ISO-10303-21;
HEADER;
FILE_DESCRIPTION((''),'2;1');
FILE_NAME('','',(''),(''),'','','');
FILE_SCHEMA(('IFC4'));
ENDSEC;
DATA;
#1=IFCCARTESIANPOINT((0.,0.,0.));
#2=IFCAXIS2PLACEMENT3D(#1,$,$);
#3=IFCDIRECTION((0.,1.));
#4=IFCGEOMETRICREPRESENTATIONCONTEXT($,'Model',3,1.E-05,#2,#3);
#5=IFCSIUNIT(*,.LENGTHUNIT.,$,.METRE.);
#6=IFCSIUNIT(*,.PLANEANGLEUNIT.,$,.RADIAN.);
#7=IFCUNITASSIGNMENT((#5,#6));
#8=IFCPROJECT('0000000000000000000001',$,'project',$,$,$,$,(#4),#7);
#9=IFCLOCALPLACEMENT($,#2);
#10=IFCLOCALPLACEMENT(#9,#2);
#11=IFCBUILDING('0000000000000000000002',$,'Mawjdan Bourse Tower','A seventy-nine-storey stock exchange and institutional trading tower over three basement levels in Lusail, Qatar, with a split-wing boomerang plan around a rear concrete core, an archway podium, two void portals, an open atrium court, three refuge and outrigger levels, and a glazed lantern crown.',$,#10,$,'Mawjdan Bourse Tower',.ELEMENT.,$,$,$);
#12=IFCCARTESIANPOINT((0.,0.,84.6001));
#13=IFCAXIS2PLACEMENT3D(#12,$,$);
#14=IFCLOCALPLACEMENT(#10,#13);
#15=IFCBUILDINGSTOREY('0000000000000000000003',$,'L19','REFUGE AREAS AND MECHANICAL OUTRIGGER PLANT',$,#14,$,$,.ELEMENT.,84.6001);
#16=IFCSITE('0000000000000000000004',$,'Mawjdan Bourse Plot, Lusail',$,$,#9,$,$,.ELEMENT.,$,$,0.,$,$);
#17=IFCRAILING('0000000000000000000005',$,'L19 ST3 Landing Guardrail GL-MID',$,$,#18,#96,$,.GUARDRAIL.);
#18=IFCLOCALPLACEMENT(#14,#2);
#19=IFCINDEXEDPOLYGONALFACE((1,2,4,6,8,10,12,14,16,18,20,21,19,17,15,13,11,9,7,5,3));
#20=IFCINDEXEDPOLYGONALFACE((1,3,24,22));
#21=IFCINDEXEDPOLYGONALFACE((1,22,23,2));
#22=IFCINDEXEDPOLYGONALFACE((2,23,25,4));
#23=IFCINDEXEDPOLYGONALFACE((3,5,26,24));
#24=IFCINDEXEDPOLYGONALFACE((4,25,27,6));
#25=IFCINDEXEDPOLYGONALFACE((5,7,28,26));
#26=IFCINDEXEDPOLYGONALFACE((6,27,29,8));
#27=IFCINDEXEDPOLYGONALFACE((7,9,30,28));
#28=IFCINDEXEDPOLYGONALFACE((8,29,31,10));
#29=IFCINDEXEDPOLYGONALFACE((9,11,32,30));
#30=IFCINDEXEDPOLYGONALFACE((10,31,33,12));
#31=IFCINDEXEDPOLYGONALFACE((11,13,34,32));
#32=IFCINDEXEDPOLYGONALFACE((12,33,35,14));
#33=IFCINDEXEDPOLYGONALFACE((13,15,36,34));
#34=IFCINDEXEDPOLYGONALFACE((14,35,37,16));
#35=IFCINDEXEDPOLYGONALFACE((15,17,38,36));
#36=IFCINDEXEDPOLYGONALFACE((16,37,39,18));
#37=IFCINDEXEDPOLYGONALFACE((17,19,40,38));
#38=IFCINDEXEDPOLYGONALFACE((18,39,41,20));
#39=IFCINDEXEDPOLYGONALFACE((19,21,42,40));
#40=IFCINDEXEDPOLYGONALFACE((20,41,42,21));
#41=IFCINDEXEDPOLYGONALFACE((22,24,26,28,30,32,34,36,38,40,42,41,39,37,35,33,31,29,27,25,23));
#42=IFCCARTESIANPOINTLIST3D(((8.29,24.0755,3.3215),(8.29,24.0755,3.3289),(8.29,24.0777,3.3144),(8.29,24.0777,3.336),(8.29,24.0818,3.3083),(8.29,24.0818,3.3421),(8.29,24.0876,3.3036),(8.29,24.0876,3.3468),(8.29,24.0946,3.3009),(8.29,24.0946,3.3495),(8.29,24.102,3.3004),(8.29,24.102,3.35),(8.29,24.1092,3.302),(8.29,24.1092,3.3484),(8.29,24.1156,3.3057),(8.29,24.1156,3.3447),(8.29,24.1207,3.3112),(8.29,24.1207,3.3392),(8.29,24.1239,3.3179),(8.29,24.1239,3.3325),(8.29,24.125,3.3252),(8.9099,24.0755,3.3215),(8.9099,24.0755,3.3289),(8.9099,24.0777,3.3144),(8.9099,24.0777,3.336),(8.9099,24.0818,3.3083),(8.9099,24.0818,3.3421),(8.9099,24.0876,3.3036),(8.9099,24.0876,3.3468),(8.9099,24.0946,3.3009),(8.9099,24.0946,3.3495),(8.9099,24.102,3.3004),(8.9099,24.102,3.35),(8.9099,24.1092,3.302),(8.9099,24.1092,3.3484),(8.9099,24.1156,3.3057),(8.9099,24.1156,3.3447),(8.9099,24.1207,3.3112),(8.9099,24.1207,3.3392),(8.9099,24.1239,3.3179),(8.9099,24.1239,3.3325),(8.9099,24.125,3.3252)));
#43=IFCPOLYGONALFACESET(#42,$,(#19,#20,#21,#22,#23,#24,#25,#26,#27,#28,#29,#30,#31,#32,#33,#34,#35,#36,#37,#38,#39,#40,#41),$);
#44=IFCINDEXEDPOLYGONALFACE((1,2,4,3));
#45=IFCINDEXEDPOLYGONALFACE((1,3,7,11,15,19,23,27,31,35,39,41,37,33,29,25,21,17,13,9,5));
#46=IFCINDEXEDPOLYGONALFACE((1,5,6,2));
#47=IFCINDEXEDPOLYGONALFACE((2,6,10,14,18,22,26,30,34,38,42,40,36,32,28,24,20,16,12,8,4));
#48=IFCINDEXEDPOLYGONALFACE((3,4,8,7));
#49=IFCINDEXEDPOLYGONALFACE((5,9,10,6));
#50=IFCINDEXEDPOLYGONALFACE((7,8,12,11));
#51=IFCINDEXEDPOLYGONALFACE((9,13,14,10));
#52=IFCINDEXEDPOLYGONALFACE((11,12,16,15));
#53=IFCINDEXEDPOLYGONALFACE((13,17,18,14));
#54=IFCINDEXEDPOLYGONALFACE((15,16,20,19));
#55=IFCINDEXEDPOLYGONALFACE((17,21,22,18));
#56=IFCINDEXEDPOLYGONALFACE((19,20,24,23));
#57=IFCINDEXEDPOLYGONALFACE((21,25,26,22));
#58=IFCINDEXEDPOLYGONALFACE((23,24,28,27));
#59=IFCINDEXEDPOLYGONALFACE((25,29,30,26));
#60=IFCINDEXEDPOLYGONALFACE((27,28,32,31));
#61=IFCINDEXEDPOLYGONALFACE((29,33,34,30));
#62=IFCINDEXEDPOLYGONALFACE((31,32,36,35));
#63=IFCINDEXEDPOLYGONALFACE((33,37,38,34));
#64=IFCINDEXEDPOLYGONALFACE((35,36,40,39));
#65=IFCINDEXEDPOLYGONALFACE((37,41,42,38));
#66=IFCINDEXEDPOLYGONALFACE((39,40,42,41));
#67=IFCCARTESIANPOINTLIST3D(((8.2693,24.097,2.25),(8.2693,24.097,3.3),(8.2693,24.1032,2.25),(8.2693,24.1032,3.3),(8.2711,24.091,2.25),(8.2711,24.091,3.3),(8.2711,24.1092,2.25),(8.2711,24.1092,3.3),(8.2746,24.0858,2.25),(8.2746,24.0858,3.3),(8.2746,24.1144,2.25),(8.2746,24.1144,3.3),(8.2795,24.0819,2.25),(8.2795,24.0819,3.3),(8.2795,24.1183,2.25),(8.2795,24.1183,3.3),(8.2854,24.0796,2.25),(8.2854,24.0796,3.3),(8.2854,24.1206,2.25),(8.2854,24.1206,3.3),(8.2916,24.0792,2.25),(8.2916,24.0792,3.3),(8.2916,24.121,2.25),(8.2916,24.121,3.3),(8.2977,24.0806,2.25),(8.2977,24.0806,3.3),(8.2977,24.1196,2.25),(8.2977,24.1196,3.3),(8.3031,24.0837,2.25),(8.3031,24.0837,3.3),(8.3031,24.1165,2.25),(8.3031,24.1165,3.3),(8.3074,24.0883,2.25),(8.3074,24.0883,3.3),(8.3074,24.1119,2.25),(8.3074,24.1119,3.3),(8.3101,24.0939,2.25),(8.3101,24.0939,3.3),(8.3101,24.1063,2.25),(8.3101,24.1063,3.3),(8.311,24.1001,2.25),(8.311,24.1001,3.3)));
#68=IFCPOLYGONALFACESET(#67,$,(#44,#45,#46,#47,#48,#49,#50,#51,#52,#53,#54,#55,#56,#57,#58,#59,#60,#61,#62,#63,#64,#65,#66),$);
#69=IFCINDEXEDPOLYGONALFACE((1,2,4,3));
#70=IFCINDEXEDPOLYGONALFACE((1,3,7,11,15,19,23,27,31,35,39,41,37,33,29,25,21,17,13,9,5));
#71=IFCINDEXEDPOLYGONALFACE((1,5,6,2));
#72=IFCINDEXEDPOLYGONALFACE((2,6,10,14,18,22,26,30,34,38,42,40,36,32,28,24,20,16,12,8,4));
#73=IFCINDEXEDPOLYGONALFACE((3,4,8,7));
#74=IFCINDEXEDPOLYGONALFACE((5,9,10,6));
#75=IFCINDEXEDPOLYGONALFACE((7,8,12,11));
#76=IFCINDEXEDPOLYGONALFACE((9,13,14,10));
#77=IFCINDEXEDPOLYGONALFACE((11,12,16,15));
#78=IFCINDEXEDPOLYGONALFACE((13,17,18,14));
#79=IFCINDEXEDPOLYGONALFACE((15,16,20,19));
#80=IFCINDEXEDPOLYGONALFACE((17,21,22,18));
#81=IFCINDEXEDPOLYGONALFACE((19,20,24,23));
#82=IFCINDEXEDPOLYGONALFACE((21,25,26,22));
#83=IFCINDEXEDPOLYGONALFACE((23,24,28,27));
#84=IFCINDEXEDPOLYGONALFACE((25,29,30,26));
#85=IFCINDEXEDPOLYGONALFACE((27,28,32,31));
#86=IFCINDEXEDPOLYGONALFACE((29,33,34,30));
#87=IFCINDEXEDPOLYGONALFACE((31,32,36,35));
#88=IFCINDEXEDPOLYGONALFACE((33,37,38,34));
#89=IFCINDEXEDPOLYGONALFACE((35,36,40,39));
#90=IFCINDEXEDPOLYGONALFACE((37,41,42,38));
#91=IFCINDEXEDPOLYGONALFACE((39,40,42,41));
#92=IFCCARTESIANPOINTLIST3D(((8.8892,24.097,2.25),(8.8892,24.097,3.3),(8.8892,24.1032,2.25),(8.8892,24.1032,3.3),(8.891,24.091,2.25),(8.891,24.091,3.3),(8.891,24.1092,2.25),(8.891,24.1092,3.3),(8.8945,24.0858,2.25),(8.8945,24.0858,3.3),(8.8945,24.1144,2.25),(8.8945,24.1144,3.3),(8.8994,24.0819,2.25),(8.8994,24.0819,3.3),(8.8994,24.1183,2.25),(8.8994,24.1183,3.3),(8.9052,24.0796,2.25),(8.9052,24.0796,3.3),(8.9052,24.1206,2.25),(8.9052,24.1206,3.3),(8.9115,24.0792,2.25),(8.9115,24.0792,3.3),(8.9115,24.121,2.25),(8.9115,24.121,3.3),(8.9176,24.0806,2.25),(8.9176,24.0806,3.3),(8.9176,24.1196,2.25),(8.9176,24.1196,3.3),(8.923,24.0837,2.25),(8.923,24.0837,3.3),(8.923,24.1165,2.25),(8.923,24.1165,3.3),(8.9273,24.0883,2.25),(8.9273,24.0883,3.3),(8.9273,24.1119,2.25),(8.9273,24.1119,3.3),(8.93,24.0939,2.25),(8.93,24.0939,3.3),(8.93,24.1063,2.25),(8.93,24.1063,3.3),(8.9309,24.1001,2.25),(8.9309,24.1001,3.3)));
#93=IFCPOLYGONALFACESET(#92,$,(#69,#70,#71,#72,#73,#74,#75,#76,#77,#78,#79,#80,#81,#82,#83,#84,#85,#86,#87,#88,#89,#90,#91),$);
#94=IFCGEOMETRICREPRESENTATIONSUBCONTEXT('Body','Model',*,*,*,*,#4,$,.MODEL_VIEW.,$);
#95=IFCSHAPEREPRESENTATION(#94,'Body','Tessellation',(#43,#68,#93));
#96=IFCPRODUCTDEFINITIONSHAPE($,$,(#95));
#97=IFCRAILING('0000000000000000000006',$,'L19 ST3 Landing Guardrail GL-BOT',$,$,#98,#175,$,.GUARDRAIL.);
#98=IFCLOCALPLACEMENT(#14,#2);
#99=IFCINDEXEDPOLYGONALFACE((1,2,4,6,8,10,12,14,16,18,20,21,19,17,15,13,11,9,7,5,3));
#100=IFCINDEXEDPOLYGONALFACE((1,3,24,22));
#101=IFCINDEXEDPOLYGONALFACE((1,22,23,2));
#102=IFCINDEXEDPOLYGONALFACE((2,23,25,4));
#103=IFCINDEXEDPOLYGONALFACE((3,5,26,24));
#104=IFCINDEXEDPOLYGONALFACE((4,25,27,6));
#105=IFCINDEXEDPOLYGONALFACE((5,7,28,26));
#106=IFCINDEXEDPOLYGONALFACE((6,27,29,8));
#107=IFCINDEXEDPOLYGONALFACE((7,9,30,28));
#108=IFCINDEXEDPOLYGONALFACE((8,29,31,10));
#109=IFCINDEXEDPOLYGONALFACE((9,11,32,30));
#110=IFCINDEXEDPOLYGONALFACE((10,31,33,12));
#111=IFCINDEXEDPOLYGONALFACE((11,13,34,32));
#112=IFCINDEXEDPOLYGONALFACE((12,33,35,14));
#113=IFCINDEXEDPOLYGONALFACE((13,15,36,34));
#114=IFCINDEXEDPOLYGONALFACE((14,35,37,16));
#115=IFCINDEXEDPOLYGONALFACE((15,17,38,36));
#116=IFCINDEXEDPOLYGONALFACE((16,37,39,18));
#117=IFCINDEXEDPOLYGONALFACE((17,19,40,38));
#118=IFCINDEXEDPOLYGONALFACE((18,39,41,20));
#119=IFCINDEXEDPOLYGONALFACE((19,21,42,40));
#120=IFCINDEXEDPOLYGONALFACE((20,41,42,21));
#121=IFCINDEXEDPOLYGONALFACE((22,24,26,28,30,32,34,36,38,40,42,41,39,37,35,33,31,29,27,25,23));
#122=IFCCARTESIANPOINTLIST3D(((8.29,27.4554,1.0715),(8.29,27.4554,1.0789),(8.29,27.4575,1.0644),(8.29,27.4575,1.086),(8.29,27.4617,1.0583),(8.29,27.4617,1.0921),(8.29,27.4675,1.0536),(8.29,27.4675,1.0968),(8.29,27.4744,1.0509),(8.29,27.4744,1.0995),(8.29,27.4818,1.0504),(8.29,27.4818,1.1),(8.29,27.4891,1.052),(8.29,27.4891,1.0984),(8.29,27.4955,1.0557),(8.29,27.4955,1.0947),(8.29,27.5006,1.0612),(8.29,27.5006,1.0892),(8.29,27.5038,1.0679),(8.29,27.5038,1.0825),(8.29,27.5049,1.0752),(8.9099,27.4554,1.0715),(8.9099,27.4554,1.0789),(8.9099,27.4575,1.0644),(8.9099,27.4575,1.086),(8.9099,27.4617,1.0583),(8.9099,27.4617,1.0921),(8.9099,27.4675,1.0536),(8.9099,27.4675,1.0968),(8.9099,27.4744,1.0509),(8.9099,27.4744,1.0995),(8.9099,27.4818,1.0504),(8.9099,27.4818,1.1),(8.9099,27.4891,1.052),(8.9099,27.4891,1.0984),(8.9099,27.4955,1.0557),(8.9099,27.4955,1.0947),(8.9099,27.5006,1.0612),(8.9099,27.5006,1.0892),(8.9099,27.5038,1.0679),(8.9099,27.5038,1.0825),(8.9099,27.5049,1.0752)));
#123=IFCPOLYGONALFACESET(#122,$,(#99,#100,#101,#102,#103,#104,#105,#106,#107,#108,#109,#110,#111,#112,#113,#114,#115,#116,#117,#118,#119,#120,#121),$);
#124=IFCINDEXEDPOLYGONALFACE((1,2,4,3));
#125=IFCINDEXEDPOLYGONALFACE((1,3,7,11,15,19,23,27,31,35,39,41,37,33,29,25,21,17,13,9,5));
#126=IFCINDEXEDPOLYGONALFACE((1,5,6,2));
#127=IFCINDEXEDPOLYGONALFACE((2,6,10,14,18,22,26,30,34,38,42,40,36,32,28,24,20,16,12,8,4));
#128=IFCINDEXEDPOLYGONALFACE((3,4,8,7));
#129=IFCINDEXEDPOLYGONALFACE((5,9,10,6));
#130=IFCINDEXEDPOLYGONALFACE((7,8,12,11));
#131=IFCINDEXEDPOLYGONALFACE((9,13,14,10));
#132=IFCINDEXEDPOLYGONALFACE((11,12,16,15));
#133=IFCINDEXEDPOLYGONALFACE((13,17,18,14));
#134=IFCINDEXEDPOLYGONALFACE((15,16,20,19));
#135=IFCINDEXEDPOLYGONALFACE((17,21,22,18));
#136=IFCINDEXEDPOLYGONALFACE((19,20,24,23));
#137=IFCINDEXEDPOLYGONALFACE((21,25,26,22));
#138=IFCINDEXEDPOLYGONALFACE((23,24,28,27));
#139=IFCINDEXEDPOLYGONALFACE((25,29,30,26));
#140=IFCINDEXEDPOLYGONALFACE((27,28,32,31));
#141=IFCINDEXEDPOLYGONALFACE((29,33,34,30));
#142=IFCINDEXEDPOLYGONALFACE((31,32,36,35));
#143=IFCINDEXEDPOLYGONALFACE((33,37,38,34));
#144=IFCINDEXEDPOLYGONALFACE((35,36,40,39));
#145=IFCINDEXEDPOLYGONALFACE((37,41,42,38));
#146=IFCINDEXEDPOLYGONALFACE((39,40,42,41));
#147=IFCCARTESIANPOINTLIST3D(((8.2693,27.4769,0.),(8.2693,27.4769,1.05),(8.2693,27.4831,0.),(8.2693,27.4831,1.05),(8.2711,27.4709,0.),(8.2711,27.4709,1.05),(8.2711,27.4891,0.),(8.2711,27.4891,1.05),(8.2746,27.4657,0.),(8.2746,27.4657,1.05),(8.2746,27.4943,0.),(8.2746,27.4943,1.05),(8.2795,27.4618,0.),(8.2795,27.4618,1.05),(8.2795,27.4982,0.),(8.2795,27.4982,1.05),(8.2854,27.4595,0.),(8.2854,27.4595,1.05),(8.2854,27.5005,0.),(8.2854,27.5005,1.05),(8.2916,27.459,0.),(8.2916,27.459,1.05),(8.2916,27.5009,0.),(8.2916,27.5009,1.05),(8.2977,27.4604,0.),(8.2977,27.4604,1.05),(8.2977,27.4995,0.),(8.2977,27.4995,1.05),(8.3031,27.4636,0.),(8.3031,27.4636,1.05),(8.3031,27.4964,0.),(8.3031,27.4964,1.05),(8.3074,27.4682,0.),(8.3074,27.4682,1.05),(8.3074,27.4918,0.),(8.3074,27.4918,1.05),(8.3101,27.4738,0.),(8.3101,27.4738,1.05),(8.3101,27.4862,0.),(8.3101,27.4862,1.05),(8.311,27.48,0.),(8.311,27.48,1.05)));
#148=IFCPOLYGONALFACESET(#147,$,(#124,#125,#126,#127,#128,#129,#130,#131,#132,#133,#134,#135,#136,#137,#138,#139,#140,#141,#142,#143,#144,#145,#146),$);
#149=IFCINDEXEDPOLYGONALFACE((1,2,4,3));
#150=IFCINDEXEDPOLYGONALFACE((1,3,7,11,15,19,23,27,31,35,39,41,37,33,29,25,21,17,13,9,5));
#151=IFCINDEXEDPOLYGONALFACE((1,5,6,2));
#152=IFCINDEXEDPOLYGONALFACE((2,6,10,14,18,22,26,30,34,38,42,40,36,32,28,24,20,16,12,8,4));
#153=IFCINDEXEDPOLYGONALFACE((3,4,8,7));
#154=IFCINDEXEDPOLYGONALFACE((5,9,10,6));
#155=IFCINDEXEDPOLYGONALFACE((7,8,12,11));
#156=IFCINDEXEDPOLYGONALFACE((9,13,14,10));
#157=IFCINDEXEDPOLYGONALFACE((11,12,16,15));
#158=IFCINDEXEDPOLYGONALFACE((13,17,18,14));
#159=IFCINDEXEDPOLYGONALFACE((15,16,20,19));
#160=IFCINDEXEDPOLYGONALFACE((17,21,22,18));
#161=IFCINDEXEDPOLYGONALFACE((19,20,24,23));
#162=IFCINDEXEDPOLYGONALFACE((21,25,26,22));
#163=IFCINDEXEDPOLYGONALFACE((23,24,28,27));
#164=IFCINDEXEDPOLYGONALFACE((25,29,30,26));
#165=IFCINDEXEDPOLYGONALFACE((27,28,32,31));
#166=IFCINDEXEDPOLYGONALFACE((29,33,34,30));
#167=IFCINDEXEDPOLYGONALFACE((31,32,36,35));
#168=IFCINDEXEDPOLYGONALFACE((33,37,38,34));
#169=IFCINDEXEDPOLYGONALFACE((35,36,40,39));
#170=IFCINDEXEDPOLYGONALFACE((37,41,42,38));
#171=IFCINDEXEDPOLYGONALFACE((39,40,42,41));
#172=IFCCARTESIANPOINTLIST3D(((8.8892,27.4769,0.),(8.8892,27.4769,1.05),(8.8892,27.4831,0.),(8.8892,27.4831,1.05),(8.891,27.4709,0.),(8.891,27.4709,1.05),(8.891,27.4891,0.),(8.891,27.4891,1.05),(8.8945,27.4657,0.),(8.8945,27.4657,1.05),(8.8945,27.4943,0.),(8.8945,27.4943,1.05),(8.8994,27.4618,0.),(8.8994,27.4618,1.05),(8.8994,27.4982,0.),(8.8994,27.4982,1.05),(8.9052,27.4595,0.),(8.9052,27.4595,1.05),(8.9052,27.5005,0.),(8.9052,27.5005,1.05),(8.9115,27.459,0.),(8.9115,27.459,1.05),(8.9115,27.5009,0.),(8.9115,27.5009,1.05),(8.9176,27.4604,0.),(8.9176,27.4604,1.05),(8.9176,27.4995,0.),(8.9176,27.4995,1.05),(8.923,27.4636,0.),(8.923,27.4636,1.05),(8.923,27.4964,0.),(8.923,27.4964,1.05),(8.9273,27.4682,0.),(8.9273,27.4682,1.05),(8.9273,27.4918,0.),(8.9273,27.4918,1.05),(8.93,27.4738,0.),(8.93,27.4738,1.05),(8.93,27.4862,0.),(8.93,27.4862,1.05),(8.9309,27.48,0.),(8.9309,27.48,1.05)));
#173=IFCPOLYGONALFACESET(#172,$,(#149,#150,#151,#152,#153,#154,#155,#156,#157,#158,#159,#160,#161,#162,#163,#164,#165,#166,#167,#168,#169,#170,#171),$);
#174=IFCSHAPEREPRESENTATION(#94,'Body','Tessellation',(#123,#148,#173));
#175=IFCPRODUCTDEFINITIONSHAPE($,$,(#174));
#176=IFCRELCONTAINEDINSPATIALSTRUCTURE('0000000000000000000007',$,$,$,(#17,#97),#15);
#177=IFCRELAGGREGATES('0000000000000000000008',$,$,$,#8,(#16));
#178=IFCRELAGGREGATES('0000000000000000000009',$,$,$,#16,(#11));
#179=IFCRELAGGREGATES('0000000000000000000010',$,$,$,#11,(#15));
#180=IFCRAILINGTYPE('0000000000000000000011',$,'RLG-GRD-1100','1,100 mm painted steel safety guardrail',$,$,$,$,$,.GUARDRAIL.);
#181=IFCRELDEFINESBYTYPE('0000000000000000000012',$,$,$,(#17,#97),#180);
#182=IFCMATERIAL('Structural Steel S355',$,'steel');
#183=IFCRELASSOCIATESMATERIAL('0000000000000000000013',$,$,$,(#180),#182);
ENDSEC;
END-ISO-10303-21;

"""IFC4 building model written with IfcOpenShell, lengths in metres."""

from ifc_helpers import new_model, si_unit, direction, frame, origin, origin_2d, place, context, subcontext, project, spatial, circle, extrude, material, type_object, element, save


model = new_model("IFC4")

# Units and contexts
model_context = context("Model", 3, precision=1e-05, world=origin(), true_north=direction((0.0, 1.0)))
body_context = subcontext(model_context, "Body", "Model", "MODEL_VIEW")
ifc_project = project(units=[si_unit("LENGTHUNIT", "METRE"), si_unit("PLANEANGLEUNIT", "RADIAN")], contexts=[model_context])

# Site, building, storey
site_placement = place(None, origin())
site = spatial("IfcSite", under=ifc_project, at=site_placement, Name="Mawjdan Bourse Plot, Lusail", CompositionType="ELEMENT", RefElevation=0.0)
building_placement = place(site_placement, origin())
building = spatial("IfcBuilding", under=site, at=building_placement, Name="Mawjdan Bourse Tower", Description="A seventy-nine-storey stock exchange and institutional trading tower over three basement levels in Lusail, Qatar, with a split-wing boomerang plan around a rear concrete core, an archway podium, two void portals, an open atrium court, three refuge and outrigger levels, and a glazed lantern crown.", LongName="Mawjdan Bourse Tower", CompositionType="ELEMENT")
storey_placement = place(building_placement, frame((0.0, 0.0, 84.6001)))
storey = spatial("IfcBuildingStorey", under=building, at=storey_placement, Name="L19", Description="REFUGE AREAS AND MECHANICAL OUTRIGGER PLANT", CompositionType="ELEMENT", Elevation=84.6001)

# Shared definitions
ifc_material_1 = material(Name="Structural Steel S355", Category="steel")

# Railings
railing_type_1 = type_object("IfcRailingType", Name="RLG-GRD-1100", Description="1,100 mm painted steel safety guardrail", PredefinedType="GUARDRAIL", material=ifc_material_1)
for number, where, name in (
    (1, (8.29, 24.1001, 2.25), "L19 ST3 Landing Guardrail GL-MID"),
    (2, (8.29, 27.48, 0.0), "L19 ST3 Landing Guardrail GL-BOT"),
):
    element("IfcRailing", number, at=place(storey_placement, frame(where)), inside=storey, type_object=railing_type_1, Name=name, PredefinedType="GUARDRAIL", context=body_context, shape_type="SweptSolid", body=[
        extrude(circle(Radius=0.0249, at=origin_2d()), frame((0.0, 0.0, 1.0752), z_axis=(1.0, 0.0, 0.0), x_axis=(0.0, 1.0, 0.0)), (0.0, 0.0, 1.0), 0.6199),
        extrude(circle(Radius=0.021, at=origin_2d()), origin(), (0.0, 0.0, 1.0), 1.05),
        extrude(circle(Radius=0.021, at=origin_2d()), frame((0.6199, 0.0, 0.0)), (0.0, 0.0, 1.0), 1.05),
    ])

save(model, "model.ifc")
